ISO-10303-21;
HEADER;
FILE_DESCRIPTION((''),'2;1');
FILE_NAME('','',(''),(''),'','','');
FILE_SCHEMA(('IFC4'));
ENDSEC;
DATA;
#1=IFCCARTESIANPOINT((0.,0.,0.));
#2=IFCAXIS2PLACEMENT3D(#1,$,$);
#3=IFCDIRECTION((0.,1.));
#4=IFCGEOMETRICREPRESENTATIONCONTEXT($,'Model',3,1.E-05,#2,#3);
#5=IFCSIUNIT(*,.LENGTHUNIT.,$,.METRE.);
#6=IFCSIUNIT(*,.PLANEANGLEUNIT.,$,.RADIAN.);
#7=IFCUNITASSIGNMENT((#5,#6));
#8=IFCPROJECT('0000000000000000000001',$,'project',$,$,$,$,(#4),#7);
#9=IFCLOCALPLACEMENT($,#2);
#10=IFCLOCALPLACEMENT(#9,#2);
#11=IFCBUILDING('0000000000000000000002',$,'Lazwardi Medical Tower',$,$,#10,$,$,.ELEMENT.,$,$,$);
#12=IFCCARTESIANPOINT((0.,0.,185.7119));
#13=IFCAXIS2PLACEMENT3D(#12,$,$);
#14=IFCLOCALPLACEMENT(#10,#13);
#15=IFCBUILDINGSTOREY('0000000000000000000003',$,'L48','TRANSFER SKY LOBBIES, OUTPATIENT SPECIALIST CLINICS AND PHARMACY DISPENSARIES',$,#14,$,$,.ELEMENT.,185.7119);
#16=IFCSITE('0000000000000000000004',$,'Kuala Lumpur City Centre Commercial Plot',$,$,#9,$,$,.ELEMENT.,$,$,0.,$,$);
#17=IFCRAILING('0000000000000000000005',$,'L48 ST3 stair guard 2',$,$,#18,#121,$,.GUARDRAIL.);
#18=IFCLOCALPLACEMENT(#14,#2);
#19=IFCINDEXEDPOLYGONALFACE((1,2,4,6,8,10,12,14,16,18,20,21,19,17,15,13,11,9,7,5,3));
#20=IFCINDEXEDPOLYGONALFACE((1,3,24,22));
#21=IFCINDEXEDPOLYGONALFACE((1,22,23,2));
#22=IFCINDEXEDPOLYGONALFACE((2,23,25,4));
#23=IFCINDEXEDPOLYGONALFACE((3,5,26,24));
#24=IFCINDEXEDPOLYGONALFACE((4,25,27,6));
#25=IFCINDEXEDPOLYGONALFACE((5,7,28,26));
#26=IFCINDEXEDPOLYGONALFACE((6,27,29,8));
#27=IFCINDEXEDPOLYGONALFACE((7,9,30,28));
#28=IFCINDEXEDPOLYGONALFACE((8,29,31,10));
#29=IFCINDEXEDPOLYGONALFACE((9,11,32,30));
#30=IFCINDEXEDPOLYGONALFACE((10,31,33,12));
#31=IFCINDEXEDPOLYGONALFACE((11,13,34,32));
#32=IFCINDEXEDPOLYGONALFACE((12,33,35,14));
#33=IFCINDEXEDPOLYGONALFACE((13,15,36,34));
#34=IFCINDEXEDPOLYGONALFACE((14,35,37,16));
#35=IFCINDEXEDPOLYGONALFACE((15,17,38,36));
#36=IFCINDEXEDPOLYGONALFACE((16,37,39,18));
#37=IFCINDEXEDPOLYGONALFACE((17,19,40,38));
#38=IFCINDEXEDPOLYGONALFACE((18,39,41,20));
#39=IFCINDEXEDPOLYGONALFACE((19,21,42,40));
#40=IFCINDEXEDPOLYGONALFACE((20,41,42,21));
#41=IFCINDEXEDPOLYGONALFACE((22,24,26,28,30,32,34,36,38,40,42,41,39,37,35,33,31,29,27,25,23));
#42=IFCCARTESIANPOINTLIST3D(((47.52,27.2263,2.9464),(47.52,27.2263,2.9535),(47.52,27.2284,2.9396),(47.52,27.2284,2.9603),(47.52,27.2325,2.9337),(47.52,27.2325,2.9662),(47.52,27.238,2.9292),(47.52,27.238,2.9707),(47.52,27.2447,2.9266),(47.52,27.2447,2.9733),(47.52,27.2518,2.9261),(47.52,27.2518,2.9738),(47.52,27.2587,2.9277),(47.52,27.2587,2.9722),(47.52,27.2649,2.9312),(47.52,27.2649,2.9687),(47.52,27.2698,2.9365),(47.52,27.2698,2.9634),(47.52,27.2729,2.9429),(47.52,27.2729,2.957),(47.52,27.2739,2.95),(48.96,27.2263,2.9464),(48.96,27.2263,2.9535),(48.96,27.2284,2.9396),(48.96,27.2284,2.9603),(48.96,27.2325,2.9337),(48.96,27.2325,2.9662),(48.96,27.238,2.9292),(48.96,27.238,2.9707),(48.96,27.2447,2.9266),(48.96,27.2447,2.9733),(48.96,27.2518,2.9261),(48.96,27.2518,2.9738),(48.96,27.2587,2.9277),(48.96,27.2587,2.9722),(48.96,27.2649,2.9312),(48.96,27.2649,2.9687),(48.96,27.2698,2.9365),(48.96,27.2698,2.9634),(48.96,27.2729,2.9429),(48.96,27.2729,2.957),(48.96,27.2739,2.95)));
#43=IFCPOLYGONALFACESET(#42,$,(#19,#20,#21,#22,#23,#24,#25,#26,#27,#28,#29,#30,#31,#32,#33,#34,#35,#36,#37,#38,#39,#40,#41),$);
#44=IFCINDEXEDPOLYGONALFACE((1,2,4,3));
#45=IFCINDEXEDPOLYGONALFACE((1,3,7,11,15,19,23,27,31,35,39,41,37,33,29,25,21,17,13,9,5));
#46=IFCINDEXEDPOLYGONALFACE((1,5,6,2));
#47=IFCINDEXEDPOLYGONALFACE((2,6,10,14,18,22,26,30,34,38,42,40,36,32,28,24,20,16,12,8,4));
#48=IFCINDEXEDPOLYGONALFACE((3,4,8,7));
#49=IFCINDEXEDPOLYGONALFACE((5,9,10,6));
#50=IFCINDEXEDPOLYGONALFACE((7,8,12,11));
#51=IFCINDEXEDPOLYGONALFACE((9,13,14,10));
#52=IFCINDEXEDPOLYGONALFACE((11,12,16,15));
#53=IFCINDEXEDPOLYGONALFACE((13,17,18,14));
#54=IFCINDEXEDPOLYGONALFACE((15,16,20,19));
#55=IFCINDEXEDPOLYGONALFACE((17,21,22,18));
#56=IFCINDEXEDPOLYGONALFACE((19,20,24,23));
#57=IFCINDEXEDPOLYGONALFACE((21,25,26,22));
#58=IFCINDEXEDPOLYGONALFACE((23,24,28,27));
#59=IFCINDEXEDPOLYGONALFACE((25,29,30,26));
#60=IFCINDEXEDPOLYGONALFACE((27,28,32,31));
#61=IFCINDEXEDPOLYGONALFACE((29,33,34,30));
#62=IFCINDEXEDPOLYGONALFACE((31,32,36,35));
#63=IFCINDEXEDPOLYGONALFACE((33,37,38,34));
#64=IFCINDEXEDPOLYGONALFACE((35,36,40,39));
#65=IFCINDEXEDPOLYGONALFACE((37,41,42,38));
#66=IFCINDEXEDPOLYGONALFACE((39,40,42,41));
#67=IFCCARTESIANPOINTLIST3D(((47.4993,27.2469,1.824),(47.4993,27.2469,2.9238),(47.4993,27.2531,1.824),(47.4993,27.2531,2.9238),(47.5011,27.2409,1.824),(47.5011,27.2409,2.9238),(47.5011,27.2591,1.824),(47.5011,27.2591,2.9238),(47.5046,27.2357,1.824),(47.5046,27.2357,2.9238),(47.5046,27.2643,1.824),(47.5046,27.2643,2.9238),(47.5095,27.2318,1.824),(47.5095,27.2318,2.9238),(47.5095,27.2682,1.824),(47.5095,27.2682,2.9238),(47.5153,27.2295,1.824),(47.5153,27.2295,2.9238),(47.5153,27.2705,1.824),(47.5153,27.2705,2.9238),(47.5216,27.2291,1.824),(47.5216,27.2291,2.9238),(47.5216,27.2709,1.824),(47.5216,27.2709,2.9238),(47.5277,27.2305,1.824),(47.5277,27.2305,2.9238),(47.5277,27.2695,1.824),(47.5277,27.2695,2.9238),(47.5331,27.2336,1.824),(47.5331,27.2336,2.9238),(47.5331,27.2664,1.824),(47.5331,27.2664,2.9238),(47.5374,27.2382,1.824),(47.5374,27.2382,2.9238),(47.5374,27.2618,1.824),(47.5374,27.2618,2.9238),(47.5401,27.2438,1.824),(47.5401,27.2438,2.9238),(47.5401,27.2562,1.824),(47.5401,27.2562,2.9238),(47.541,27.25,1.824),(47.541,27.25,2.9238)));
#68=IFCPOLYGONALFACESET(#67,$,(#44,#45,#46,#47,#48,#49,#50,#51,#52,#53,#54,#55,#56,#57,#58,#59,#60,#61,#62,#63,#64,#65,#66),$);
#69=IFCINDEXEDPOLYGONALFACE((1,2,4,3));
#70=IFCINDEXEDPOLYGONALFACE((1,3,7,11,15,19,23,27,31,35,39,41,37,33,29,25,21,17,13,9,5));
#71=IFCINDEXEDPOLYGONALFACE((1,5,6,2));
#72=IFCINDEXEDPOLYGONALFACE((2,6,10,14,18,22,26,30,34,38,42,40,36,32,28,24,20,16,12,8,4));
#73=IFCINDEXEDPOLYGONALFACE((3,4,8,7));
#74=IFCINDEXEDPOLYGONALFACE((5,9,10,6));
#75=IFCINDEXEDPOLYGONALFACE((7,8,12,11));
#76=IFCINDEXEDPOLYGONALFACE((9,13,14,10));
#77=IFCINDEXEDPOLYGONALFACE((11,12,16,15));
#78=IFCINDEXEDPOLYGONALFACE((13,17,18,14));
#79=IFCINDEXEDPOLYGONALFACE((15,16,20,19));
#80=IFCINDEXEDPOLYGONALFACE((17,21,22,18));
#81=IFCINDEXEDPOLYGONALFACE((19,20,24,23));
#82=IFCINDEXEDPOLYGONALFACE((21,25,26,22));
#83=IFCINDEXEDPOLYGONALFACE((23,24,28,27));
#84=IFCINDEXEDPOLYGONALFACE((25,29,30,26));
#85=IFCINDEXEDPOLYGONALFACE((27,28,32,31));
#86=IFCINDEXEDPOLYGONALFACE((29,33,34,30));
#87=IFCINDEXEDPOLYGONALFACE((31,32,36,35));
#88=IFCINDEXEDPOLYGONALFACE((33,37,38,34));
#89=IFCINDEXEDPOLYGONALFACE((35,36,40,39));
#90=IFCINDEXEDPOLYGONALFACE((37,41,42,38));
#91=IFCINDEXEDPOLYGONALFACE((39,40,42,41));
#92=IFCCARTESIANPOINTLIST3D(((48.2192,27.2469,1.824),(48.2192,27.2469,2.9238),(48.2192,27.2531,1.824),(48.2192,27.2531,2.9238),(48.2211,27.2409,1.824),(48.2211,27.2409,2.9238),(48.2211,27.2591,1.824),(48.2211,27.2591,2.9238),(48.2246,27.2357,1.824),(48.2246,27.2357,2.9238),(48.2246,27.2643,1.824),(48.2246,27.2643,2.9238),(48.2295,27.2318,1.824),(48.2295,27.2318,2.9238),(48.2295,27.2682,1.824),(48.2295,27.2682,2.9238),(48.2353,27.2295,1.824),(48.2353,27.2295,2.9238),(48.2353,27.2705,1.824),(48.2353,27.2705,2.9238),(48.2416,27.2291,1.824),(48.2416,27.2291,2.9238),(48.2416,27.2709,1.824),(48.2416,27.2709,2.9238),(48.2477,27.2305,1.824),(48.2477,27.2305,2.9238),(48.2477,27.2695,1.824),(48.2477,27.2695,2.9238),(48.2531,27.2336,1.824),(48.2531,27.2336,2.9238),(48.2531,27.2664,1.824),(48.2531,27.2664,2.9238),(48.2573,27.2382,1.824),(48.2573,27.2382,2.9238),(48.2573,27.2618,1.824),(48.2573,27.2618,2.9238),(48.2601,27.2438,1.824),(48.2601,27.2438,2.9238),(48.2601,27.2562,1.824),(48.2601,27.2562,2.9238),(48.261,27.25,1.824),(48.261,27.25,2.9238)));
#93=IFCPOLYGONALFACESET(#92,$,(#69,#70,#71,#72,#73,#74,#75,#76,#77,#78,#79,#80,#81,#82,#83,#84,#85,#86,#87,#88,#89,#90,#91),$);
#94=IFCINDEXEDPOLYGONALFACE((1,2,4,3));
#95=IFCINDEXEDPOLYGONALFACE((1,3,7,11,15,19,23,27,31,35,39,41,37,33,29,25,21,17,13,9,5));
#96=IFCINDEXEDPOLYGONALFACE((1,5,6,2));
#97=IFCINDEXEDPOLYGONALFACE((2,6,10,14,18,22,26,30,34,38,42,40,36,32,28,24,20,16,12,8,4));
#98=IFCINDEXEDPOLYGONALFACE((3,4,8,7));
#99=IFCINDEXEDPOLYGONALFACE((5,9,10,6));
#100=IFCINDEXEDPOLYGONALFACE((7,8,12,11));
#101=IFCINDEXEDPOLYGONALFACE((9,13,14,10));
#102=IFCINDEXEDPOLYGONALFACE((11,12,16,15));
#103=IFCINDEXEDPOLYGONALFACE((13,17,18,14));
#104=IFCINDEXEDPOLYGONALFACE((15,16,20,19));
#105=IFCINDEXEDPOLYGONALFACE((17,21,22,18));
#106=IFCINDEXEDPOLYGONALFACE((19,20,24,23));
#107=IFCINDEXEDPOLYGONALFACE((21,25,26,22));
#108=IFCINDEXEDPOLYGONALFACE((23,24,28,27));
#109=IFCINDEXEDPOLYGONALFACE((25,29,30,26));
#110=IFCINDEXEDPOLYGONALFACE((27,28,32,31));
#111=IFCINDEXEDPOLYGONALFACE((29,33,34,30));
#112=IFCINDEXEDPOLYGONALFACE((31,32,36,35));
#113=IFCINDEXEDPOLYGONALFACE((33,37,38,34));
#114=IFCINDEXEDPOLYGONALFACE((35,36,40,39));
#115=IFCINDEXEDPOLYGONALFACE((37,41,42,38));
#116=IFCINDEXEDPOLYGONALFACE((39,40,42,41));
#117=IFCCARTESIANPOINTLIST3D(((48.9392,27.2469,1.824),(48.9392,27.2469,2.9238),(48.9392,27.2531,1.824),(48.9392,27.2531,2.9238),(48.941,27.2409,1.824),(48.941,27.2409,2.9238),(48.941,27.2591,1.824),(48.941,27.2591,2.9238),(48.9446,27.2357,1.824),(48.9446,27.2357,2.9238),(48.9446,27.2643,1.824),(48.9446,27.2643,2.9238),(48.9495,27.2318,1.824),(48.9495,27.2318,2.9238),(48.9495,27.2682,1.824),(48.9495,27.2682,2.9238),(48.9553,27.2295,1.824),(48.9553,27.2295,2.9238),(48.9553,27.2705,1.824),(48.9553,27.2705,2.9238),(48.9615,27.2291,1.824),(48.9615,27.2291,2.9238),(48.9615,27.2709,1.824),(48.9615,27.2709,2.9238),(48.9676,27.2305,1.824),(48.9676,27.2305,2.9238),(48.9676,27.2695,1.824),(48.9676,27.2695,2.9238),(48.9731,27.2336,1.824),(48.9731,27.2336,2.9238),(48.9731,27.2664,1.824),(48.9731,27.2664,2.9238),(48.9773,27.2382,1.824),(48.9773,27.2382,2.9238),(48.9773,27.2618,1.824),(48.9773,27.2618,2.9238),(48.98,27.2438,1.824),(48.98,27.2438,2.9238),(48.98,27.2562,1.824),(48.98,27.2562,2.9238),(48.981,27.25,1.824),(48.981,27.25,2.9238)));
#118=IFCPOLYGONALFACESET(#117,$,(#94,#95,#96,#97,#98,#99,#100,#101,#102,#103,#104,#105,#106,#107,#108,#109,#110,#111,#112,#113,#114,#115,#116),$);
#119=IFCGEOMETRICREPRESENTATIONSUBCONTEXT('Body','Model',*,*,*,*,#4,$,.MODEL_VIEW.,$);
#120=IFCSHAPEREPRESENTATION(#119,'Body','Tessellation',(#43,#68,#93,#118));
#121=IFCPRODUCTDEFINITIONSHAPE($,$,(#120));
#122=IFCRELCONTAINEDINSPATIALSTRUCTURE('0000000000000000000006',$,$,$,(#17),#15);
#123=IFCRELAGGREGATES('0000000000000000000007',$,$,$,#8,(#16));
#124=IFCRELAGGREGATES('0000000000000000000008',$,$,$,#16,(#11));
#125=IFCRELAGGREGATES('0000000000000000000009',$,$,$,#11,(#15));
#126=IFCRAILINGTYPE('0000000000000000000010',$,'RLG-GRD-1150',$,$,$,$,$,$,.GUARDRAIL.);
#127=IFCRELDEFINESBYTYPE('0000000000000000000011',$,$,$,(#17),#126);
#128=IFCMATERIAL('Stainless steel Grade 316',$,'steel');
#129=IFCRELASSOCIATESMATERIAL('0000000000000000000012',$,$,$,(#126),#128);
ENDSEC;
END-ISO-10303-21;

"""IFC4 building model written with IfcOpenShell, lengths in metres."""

from ifc_helpers import new_model, si_unit, direction, frame, origin, origin_2d, place, context, subcontext, project, spatial, circle, extrude, material, type_object, element, save


model = new_model("IFC4")

# Units and contexts
model_context = context("Model", 3, precision=1e-05, world=origin(), true_north=direction((0.0, 1.0)))
body_context = subcontext(model_context, "Body", "Model", "MODEL_VIEW")
ifc_project = project(units=[si_unit("LENGTHUNIT", "METRE"), si_unit("PLANEANGLEUNIT", "RADIAN")], contexts=[model_context])

# Site, building, storey
site_placement = place(None, origin())
site = spatial("IfcSite", under=ifc_project, at=site_placement, Name="Kuala Lumpur City Centre Commercial Plot", CompositionType="ELEMENT", RefElevation=0.0)
building_placement = place(site_placement, origin())
building = spatial("IfcBuilding", under=site, at=building_placement, Name="Lazwardi Medical Tower", CompositionType="ELEMENT")
storey_placement = place(building_placement, frame((0.0, 0.0, 185.7119)))
storey = spatial("IfcBuildingStorey", under=building, at=storey_placement, Name="L48", Description="TRANSFER SKY LOBBIES, OUTPATIENT SPECIALIST CLINICS AND PHARMACY DISPENSARIES", CompositionType="ELEMENT", Elevation=185.7119)

# Railing
ifc_material_1 = material(Name="Stainless steel Grade 316", Category="steel")
railing_type_1 = type_object("IfcRailingType", Name="RLG-GRD-1150", PredefinedType="GUARDRAIL", material=ifc_material_1)
railing_1_placement = place(storey_placement, frame((47.52, 27.25, 1.824)))
element("IfcRailing", 1, at=railing_1_placement, inside=storey, type_object=railing_type_1, Name="L48 ST3 stair guard 2", PredefinedType="GUARDRAIL", context=body_context, shape_type="SweptSolid", body=[
    extrude(circle(Radius=0.0239, at=origin_2d()), frame((0.0, 0.0, 1.126), z_axis=(1.0, 0.0, 0.0), x_axis=(0.0, 1.0, 0.0)), (0.0, 0.0, 1.0), 1.4399),
    extrude(circle(Radius=0.021, at=origin_2d()), origin(), (0.0, 0.0, 1.0), 1.0999),
    extrude(circle(Radius=0.021, at=origin_2d()), frame((0.72, 0.0, 0.0)), (0.0, 0.0, 1.0), 1.0999),
    extrude(circle(Radius=0.021, at=origin_2d()), frame((1.4399, 0.0, 0.0)), (0.0, 0.0, 1.0), 1.0999),
])

save(model, "model.ifc")
